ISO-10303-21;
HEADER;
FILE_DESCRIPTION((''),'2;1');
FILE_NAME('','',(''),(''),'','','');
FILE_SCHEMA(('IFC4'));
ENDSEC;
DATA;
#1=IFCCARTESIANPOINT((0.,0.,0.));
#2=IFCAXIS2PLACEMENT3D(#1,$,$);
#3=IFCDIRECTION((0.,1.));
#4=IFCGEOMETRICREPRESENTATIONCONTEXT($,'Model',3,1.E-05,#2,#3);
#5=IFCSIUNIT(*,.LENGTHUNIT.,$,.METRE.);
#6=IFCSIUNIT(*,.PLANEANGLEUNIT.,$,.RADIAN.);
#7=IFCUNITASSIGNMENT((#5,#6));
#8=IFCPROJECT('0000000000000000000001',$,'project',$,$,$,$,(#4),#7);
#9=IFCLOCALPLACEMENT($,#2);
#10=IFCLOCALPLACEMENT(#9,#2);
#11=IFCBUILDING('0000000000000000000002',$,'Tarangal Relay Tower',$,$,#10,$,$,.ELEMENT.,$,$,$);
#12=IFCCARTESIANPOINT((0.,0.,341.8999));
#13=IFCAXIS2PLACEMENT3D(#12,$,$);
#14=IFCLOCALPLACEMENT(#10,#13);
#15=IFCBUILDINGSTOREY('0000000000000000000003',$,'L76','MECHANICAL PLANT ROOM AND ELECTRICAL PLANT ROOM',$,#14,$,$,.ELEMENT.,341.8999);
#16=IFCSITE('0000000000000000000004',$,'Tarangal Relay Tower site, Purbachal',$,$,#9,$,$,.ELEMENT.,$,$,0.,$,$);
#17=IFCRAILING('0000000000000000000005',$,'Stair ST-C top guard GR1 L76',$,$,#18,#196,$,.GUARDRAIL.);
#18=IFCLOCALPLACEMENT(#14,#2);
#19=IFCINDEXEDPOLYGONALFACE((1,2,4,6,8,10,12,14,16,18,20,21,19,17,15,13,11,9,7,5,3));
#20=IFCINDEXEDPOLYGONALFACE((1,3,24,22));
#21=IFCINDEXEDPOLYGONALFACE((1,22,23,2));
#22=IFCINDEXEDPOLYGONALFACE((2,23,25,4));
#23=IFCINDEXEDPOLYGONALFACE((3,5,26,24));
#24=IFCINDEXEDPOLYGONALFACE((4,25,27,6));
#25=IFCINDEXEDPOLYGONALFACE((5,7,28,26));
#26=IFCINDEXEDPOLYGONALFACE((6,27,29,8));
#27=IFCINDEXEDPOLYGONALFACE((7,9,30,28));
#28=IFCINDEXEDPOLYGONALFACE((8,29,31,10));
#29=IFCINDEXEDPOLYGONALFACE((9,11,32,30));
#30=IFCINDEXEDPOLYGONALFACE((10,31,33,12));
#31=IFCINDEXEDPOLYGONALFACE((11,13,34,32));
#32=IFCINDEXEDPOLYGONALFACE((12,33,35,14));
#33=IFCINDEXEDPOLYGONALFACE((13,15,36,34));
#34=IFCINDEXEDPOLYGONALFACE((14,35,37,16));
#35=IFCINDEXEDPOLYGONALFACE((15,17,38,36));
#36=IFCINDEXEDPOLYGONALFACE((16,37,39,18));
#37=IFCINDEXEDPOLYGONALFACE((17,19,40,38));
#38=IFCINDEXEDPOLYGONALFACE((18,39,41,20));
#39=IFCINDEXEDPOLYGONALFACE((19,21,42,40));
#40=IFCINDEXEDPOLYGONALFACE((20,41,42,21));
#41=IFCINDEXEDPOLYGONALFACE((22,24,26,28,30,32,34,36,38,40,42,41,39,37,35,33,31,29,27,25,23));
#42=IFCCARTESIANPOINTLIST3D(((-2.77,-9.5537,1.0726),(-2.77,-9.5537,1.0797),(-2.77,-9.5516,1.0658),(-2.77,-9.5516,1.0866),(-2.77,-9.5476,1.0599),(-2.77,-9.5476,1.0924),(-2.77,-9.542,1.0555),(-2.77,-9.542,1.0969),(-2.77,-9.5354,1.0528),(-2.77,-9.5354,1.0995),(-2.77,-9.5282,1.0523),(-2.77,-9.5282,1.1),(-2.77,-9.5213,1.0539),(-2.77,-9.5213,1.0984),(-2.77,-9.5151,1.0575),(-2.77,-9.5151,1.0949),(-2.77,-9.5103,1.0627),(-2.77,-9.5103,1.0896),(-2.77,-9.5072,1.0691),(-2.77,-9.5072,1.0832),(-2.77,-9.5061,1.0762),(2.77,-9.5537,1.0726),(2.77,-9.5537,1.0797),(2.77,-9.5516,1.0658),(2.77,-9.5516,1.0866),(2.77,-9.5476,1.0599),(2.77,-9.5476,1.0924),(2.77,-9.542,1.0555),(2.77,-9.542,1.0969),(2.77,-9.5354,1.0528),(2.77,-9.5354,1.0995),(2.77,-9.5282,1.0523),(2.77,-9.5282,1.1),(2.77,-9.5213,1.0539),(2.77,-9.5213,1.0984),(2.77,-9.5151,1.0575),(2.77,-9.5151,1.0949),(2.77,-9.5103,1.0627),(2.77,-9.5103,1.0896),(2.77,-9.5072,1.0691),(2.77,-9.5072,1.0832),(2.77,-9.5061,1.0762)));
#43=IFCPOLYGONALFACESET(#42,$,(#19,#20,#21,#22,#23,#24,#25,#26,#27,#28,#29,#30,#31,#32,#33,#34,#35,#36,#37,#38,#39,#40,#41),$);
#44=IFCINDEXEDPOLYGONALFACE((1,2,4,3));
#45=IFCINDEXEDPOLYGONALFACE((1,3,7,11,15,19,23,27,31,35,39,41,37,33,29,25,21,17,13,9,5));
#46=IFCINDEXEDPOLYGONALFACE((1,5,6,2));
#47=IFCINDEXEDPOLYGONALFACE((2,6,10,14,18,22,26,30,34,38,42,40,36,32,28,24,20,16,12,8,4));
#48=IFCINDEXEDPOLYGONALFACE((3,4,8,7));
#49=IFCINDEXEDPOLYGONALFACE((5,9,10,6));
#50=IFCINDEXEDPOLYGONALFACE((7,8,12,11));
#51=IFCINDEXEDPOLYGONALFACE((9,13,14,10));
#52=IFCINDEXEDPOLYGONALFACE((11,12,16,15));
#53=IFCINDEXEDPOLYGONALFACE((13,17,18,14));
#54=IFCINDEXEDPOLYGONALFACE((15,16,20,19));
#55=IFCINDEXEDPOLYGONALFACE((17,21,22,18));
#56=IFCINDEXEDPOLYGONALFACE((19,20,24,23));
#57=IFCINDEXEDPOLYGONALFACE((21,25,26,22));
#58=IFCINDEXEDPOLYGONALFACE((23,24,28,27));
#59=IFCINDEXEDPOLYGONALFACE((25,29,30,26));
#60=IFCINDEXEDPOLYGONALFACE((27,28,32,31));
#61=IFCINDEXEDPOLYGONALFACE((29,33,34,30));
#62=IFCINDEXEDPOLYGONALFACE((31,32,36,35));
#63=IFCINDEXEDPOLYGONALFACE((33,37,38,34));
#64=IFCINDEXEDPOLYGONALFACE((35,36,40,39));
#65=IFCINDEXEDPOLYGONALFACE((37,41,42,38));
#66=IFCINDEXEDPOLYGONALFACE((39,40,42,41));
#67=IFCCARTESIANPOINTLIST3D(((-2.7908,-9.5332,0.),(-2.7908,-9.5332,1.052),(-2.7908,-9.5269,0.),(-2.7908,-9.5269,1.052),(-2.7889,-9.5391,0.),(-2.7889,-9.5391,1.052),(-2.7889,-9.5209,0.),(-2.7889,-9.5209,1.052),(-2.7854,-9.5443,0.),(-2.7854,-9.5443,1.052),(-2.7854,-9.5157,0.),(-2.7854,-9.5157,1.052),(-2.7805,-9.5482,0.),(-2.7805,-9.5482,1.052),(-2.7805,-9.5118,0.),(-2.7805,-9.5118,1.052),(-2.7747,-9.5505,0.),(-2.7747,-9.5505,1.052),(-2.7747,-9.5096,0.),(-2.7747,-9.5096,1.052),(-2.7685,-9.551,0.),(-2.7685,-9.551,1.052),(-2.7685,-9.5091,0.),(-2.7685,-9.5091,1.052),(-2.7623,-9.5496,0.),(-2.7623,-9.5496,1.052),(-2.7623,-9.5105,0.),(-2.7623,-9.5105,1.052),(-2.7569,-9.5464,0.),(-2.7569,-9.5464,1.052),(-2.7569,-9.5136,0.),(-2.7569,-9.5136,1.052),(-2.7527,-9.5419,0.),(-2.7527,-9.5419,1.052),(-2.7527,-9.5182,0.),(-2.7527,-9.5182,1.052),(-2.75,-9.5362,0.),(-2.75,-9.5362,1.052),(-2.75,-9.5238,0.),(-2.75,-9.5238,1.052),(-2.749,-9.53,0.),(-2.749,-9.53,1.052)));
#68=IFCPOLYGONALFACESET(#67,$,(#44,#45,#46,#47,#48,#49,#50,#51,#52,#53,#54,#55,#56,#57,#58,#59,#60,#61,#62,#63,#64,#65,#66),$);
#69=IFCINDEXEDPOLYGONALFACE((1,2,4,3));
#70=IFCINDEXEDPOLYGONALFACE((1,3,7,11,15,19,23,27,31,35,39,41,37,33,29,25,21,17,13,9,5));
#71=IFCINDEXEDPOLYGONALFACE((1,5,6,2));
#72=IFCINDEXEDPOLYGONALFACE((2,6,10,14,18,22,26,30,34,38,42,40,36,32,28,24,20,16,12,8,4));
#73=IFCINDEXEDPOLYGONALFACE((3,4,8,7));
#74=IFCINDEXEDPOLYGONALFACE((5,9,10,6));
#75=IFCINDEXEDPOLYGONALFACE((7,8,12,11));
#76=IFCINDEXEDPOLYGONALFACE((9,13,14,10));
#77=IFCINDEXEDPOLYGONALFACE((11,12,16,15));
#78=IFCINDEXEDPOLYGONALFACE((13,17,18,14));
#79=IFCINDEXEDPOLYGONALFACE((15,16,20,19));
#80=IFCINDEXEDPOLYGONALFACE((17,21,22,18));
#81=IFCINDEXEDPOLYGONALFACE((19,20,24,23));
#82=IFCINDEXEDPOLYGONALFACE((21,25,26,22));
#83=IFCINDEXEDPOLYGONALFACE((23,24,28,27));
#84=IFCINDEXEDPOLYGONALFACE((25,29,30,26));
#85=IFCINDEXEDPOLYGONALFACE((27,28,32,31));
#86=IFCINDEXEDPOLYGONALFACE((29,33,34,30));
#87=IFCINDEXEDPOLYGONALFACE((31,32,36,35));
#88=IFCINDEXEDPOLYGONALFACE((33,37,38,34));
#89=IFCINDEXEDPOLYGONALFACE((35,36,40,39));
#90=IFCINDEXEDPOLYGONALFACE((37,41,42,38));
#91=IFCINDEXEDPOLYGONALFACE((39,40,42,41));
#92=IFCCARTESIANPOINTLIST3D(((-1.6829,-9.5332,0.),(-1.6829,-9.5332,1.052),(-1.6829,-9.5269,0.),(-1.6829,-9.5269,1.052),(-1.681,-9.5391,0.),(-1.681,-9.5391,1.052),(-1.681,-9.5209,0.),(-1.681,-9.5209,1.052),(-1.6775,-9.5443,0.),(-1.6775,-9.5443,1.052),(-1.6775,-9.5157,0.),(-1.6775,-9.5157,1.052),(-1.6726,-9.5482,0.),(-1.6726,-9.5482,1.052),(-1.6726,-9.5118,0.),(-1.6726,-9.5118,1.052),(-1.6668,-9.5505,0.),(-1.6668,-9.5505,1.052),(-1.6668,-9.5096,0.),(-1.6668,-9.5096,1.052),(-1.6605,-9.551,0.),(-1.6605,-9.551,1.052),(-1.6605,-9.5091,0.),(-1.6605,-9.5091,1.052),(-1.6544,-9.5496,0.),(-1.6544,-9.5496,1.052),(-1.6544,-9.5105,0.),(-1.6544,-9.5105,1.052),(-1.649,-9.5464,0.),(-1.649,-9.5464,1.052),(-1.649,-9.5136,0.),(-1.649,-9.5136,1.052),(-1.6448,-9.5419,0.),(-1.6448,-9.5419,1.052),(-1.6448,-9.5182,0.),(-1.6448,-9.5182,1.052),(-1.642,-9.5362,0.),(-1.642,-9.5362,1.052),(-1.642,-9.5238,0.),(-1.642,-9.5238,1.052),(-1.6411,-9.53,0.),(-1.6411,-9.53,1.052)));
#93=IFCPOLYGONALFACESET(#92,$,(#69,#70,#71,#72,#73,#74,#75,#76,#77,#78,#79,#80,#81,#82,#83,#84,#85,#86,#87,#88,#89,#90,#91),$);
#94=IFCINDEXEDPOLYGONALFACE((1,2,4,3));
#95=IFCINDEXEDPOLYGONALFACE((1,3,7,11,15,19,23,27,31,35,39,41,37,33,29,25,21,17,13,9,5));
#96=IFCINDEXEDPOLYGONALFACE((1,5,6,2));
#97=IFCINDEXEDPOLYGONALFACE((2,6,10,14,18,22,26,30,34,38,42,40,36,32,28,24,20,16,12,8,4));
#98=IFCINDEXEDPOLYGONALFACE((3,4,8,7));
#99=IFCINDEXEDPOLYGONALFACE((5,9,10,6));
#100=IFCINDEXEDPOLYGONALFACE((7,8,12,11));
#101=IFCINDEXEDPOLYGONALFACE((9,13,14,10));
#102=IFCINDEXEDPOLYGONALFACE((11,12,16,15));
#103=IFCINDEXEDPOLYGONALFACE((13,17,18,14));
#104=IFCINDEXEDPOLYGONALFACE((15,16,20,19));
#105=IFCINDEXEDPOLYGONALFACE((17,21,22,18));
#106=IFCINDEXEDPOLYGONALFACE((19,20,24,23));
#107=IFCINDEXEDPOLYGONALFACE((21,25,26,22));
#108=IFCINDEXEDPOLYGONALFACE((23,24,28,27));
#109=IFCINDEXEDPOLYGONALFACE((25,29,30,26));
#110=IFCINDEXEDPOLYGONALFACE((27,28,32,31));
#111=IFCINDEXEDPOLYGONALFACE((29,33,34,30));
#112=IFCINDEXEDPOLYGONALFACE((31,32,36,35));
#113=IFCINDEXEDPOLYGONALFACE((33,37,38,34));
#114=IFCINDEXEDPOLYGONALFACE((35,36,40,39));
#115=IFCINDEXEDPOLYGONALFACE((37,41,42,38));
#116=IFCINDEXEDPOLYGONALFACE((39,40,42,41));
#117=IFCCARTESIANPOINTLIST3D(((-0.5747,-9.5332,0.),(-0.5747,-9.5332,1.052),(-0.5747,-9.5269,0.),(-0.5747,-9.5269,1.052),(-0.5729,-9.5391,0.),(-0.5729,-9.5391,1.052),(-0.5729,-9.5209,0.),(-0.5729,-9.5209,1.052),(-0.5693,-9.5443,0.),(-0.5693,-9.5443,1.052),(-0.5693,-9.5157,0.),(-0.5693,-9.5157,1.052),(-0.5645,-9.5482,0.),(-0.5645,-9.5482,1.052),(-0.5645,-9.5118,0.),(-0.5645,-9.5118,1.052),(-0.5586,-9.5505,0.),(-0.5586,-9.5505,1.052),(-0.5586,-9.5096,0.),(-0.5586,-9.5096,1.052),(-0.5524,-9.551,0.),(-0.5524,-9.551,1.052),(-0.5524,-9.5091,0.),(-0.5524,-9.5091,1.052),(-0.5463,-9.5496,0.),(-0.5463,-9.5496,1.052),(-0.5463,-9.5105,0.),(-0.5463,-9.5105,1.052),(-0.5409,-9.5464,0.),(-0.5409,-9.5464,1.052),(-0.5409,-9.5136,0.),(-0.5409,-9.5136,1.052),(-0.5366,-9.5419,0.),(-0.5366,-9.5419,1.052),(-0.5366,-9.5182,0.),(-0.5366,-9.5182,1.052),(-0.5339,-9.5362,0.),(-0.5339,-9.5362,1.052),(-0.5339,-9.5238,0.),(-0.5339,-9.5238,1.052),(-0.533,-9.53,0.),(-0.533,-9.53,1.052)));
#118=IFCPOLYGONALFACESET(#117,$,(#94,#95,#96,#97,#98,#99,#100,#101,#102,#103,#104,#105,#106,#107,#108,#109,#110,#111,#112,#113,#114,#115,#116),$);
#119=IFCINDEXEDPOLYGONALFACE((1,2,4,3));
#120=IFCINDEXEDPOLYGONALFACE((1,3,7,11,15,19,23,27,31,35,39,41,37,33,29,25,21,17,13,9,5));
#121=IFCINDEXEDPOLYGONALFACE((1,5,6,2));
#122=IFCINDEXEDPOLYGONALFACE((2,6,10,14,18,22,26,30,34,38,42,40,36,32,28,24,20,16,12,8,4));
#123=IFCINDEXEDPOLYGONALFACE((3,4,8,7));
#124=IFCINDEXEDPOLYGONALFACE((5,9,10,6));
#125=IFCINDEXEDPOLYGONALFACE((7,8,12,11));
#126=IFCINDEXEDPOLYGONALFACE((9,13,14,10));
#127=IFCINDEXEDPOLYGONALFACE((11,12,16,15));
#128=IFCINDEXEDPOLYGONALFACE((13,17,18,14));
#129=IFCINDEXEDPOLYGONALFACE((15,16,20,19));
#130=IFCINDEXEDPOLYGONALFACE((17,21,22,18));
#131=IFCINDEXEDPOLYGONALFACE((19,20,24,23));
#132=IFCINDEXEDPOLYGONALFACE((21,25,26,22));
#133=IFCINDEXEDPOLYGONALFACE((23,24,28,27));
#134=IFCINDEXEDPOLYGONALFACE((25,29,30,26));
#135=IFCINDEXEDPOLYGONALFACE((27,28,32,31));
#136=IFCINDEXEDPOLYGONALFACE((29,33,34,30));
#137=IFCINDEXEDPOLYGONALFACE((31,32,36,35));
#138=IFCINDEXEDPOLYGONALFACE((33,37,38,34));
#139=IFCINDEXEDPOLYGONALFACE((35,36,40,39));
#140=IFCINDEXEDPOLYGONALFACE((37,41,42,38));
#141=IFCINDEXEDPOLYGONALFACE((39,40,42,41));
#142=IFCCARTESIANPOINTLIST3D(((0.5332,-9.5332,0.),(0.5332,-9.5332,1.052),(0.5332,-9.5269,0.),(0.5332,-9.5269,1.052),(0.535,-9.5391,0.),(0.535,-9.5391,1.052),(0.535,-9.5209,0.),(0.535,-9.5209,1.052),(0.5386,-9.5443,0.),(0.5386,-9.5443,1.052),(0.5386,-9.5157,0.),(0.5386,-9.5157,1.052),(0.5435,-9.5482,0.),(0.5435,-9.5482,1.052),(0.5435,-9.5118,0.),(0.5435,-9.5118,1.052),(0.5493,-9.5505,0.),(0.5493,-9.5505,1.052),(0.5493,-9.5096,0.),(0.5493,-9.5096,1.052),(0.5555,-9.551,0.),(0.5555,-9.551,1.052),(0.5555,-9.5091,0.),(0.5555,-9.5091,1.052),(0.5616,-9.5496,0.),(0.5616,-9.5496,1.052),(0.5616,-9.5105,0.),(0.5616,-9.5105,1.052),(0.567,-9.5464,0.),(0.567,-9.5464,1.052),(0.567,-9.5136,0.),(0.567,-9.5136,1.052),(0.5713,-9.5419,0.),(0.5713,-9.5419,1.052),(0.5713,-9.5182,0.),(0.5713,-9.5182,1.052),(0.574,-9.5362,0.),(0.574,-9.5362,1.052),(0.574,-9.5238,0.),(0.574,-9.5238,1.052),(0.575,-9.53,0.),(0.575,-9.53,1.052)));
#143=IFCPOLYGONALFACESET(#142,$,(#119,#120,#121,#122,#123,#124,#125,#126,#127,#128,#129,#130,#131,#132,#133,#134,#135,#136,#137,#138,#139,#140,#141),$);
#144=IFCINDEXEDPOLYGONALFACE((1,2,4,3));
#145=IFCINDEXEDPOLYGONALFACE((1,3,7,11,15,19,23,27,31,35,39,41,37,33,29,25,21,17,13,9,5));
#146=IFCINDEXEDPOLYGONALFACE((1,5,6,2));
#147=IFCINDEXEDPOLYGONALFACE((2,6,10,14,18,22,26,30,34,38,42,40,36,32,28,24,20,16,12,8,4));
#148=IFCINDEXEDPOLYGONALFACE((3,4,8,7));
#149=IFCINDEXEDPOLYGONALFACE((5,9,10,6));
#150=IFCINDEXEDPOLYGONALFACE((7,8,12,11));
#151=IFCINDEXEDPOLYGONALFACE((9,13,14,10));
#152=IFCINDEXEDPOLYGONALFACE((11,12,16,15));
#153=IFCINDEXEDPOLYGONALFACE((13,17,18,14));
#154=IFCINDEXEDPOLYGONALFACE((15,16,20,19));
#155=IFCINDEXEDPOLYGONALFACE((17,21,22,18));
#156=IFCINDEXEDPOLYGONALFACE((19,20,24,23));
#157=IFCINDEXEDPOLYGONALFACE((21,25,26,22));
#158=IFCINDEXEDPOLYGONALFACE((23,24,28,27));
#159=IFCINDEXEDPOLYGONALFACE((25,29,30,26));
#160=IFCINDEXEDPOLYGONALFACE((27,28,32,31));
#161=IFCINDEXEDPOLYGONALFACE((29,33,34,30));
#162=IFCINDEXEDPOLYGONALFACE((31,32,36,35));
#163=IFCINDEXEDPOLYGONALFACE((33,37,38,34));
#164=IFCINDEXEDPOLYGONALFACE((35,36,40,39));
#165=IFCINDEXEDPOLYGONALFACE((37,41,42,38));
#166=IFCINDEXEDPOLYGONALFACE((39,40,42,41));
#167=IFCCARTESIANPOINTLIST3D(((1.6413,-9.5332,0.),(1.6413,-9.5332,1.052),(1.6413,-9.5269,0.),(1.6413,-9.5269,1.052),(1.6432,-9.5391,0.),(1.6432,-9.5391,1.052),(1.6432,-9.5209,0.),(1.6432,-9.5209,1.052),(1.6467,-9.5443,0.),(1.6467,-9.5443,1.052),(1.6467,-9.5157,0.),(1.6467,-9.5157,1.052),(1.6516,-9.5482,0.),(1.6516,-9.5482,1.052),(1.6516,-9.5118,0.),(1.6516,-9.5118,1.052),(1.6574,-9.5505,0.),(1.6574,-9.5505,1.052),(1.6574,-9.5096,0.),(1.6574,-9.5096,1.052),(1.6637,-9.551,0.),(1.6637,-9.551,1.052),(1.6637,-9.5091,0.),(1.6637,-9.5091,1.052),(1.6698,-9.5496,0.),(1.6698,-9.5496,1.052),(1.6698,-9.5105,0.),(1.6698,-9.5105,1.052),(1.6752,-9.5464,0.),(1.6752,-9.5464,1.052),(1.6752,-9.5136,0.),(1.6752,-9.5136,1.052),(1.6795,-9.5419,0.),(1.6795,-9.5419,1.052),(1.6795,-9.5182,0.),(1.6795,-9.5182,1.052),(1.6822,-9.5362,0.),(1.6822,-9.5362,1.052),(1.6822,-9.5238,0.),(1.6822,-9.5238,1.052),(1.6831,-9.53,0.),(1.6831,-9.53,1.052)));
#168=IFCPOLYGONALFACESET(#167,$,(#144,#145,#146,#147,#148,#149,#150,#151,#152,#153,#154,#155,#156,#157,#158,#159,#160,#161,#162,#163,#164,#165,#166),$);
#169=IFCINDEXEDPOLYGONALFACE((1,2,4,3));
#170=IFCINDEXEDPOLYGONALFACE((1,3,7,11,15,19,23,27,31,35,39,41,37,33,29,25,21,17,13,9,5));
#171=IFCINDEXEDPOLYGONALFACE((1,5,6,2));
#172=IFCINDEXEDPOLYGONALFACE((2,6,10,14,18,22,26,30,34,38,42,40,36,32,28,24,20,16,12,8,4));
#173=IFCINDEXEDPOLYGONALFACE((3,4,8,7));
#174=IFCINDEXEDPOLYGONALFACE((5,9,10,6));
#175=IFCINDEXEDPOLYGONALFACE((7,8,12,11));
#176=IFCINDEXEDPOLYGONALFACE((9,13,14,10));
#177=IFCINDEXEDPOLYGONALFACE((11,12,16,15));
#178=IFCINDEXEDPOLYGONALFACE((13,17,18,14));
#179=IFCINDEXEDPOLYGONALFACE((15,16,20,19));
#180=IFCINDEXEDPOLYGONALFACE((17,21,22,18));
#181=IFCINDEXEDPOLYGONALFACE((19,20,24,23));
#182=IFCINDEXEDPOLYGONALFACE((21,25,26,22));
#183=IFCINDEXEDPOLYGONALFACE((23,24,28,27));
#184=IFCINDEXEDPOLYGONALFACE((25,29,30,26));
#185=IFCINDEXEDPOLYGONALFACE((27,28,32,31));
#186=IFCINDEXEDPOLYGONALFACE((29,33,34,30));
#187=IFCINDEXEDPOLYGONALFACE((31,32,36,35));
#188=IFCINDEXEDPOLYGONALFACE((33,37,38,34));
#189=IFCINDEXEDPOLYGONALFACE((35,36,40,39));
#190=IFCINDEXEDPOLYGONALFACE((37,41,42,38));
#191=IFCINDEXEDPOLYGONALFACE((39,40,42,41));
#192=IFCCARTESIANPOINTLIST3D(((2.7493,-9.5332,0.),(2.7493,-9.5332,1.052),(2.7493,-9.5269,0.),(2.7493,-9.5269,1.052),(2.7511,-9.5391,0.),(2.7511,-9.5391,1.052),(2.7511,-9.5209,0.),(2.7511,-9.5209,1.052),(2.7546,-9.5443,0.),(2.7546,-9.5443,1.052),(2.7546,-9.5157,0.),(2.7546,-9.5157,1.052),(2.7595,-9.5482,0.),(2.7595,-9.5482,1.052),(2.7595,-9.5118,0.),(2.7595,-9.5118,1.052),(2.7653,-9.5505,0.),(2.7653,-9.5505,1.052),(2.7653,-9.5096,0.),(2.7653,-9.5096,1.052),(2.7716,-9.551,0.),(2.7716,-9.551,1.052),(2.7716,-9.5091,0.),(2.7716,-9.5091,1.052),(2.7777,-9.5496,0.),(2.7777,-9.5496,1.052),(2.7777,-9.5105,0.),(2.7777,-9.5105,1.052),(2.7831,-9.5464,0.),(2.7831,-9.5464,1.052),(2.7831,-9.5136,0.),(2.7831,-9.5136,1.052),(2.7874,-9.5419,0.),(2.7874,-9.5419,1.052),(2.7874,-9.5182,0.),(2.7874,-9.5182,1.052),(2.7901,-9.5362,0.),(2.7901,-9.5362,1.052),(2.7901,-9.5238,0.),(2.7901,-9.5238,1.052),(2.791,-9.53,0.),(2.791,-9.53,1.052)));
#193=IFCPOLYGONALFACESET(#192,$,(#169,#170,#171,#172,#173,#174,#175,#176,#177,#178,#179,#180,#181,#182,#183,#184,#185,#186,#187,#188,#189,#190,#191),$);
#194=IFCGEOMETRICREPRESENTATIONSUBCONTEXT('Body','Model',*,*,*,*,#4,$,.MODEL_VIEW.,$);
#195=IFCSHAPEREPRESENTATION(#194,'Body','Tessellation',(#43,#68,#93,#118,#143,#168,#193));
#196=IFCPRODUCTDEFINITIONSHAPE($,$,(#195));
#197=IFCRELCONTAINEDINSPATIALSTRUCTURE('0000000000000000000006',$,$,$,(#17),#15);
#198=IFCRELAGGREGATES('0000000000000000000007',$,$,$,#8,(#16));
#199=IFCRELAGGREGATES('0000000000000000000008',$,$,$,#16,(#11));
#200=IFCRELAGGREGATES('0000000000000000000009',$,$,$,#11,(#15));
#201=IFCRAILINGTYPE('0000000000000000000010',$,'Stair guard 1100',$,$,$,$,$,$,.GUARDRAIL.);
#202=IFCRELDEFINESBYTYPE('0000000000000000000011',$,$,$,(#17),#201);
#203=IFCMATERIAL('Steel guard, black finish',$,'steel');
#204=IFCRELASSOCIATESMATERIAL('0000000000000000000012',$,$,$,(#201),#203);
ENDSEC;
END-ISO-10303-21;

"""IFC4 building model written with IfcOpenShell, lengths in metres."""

from ifc_helpers import new_model, si_unit, direction, frame, origin, origin_2d, place, context, subcontext, project, spatial, circle, extrude, material, type_object, element, save


model = new_model("IFC4")

# Units and contexts
model_context = context("Model", 3, precision=1e-05, world=origin(), true_north=direction((0.0, 1.0)))
body_context = subcontext(model_context, "Body", "Model", "MODEL_VIEW")
ifc_project = project(units=[si_unit("LENGTHUNIT", "METRE"), si_unit("PLANEANGLEUNIT", "RADIAN")], contexts=[model_context])

# Site, building, storey
site_placement = place(None, origin())
site = spatial("IfcSite", under=ifc_project, at=site_placement, Name="Tarangal Relay Tower site, Purbachal", CompositionType="ELEMENT", RefElevation=0.0)
building_placement = place(site_placement, origin())
building = spatial("IfcBuilding", under=site, at=building_placement, Name="Tarangal Relay Tower", CompositionType="ELEMENT")
storey_placement = place(building_placement, frame((0.0, 0.0, 341.8999)))
storey = spatial("IfcBuildingStorey", under=building, at=storey_placement, Name="L76", Description="MECHANICAL PLANT ROOM AND ELECTRICAL PLANT ROOM", CompositionType="ELEMENT", Elevation=341.8999)

# Railing
ifc_material_1 = material(Name="Steel guard, black finish", Category="steel")
railing_type = type_object("IfcRailingType", Name="Stair guard 1100", PredefinedType="GUARDRAIL", material=ifc_material_1)
railing_placement = place(storey_placement, frame((-2.77, -9.53, 0.0)))
element("IfcRailing", 1, at=railing_placement, inside=storey, type_object=railing_type, Name="Stair ST-C top guard GR1 L76", PredefinedType="GUARDRAIL", context=body_context, shape_type="SweptSolid", body=[
    extrude(circle(Radius=0.0239, at=origin_2d()), frame((0.0, 0.0, 1.0762), z_axis=(1.0, 0.0, 0.0), x_axis=(0.0, 1.0, 0.0)), (0.0, 0.0, 1.0), 5.54),
    extrude(circle(Radius=0.021, at=origin_2d()), origin(), (0.0, 0.0, 1.0), 1.052),
    extrude(circle(Radius=0.021, at=origin_2d()), frame((1.1079, 0.0, 0.0)), (0.0, 0.0, 1.0), 1.052),
    extrude(circle(Radius=0.021, at=origin_2d()), frame((2.2161, 0.0, 0.0)), (0.0, 0.0, 1.0), 1.052),
    extrude(circle(Radius=0.021, at=origin_2d()), frame((3.324, 0.0, 0.0)), (0.0, 0.0, 1.0), 1.052),
    extrude(circle(Radius=0.021, at=origin_2d()), frame((4.4321, 0.0, 0.0)), (0.0, 0.0, 1.0), 1.052),
    extrude(circle(Radius=0.021, at=origin_2d()), frame((5.54, 0.0, 0.0)), (0.0, 0.0, 1.0), 1.052),
])

save(model, "model.ifc")
